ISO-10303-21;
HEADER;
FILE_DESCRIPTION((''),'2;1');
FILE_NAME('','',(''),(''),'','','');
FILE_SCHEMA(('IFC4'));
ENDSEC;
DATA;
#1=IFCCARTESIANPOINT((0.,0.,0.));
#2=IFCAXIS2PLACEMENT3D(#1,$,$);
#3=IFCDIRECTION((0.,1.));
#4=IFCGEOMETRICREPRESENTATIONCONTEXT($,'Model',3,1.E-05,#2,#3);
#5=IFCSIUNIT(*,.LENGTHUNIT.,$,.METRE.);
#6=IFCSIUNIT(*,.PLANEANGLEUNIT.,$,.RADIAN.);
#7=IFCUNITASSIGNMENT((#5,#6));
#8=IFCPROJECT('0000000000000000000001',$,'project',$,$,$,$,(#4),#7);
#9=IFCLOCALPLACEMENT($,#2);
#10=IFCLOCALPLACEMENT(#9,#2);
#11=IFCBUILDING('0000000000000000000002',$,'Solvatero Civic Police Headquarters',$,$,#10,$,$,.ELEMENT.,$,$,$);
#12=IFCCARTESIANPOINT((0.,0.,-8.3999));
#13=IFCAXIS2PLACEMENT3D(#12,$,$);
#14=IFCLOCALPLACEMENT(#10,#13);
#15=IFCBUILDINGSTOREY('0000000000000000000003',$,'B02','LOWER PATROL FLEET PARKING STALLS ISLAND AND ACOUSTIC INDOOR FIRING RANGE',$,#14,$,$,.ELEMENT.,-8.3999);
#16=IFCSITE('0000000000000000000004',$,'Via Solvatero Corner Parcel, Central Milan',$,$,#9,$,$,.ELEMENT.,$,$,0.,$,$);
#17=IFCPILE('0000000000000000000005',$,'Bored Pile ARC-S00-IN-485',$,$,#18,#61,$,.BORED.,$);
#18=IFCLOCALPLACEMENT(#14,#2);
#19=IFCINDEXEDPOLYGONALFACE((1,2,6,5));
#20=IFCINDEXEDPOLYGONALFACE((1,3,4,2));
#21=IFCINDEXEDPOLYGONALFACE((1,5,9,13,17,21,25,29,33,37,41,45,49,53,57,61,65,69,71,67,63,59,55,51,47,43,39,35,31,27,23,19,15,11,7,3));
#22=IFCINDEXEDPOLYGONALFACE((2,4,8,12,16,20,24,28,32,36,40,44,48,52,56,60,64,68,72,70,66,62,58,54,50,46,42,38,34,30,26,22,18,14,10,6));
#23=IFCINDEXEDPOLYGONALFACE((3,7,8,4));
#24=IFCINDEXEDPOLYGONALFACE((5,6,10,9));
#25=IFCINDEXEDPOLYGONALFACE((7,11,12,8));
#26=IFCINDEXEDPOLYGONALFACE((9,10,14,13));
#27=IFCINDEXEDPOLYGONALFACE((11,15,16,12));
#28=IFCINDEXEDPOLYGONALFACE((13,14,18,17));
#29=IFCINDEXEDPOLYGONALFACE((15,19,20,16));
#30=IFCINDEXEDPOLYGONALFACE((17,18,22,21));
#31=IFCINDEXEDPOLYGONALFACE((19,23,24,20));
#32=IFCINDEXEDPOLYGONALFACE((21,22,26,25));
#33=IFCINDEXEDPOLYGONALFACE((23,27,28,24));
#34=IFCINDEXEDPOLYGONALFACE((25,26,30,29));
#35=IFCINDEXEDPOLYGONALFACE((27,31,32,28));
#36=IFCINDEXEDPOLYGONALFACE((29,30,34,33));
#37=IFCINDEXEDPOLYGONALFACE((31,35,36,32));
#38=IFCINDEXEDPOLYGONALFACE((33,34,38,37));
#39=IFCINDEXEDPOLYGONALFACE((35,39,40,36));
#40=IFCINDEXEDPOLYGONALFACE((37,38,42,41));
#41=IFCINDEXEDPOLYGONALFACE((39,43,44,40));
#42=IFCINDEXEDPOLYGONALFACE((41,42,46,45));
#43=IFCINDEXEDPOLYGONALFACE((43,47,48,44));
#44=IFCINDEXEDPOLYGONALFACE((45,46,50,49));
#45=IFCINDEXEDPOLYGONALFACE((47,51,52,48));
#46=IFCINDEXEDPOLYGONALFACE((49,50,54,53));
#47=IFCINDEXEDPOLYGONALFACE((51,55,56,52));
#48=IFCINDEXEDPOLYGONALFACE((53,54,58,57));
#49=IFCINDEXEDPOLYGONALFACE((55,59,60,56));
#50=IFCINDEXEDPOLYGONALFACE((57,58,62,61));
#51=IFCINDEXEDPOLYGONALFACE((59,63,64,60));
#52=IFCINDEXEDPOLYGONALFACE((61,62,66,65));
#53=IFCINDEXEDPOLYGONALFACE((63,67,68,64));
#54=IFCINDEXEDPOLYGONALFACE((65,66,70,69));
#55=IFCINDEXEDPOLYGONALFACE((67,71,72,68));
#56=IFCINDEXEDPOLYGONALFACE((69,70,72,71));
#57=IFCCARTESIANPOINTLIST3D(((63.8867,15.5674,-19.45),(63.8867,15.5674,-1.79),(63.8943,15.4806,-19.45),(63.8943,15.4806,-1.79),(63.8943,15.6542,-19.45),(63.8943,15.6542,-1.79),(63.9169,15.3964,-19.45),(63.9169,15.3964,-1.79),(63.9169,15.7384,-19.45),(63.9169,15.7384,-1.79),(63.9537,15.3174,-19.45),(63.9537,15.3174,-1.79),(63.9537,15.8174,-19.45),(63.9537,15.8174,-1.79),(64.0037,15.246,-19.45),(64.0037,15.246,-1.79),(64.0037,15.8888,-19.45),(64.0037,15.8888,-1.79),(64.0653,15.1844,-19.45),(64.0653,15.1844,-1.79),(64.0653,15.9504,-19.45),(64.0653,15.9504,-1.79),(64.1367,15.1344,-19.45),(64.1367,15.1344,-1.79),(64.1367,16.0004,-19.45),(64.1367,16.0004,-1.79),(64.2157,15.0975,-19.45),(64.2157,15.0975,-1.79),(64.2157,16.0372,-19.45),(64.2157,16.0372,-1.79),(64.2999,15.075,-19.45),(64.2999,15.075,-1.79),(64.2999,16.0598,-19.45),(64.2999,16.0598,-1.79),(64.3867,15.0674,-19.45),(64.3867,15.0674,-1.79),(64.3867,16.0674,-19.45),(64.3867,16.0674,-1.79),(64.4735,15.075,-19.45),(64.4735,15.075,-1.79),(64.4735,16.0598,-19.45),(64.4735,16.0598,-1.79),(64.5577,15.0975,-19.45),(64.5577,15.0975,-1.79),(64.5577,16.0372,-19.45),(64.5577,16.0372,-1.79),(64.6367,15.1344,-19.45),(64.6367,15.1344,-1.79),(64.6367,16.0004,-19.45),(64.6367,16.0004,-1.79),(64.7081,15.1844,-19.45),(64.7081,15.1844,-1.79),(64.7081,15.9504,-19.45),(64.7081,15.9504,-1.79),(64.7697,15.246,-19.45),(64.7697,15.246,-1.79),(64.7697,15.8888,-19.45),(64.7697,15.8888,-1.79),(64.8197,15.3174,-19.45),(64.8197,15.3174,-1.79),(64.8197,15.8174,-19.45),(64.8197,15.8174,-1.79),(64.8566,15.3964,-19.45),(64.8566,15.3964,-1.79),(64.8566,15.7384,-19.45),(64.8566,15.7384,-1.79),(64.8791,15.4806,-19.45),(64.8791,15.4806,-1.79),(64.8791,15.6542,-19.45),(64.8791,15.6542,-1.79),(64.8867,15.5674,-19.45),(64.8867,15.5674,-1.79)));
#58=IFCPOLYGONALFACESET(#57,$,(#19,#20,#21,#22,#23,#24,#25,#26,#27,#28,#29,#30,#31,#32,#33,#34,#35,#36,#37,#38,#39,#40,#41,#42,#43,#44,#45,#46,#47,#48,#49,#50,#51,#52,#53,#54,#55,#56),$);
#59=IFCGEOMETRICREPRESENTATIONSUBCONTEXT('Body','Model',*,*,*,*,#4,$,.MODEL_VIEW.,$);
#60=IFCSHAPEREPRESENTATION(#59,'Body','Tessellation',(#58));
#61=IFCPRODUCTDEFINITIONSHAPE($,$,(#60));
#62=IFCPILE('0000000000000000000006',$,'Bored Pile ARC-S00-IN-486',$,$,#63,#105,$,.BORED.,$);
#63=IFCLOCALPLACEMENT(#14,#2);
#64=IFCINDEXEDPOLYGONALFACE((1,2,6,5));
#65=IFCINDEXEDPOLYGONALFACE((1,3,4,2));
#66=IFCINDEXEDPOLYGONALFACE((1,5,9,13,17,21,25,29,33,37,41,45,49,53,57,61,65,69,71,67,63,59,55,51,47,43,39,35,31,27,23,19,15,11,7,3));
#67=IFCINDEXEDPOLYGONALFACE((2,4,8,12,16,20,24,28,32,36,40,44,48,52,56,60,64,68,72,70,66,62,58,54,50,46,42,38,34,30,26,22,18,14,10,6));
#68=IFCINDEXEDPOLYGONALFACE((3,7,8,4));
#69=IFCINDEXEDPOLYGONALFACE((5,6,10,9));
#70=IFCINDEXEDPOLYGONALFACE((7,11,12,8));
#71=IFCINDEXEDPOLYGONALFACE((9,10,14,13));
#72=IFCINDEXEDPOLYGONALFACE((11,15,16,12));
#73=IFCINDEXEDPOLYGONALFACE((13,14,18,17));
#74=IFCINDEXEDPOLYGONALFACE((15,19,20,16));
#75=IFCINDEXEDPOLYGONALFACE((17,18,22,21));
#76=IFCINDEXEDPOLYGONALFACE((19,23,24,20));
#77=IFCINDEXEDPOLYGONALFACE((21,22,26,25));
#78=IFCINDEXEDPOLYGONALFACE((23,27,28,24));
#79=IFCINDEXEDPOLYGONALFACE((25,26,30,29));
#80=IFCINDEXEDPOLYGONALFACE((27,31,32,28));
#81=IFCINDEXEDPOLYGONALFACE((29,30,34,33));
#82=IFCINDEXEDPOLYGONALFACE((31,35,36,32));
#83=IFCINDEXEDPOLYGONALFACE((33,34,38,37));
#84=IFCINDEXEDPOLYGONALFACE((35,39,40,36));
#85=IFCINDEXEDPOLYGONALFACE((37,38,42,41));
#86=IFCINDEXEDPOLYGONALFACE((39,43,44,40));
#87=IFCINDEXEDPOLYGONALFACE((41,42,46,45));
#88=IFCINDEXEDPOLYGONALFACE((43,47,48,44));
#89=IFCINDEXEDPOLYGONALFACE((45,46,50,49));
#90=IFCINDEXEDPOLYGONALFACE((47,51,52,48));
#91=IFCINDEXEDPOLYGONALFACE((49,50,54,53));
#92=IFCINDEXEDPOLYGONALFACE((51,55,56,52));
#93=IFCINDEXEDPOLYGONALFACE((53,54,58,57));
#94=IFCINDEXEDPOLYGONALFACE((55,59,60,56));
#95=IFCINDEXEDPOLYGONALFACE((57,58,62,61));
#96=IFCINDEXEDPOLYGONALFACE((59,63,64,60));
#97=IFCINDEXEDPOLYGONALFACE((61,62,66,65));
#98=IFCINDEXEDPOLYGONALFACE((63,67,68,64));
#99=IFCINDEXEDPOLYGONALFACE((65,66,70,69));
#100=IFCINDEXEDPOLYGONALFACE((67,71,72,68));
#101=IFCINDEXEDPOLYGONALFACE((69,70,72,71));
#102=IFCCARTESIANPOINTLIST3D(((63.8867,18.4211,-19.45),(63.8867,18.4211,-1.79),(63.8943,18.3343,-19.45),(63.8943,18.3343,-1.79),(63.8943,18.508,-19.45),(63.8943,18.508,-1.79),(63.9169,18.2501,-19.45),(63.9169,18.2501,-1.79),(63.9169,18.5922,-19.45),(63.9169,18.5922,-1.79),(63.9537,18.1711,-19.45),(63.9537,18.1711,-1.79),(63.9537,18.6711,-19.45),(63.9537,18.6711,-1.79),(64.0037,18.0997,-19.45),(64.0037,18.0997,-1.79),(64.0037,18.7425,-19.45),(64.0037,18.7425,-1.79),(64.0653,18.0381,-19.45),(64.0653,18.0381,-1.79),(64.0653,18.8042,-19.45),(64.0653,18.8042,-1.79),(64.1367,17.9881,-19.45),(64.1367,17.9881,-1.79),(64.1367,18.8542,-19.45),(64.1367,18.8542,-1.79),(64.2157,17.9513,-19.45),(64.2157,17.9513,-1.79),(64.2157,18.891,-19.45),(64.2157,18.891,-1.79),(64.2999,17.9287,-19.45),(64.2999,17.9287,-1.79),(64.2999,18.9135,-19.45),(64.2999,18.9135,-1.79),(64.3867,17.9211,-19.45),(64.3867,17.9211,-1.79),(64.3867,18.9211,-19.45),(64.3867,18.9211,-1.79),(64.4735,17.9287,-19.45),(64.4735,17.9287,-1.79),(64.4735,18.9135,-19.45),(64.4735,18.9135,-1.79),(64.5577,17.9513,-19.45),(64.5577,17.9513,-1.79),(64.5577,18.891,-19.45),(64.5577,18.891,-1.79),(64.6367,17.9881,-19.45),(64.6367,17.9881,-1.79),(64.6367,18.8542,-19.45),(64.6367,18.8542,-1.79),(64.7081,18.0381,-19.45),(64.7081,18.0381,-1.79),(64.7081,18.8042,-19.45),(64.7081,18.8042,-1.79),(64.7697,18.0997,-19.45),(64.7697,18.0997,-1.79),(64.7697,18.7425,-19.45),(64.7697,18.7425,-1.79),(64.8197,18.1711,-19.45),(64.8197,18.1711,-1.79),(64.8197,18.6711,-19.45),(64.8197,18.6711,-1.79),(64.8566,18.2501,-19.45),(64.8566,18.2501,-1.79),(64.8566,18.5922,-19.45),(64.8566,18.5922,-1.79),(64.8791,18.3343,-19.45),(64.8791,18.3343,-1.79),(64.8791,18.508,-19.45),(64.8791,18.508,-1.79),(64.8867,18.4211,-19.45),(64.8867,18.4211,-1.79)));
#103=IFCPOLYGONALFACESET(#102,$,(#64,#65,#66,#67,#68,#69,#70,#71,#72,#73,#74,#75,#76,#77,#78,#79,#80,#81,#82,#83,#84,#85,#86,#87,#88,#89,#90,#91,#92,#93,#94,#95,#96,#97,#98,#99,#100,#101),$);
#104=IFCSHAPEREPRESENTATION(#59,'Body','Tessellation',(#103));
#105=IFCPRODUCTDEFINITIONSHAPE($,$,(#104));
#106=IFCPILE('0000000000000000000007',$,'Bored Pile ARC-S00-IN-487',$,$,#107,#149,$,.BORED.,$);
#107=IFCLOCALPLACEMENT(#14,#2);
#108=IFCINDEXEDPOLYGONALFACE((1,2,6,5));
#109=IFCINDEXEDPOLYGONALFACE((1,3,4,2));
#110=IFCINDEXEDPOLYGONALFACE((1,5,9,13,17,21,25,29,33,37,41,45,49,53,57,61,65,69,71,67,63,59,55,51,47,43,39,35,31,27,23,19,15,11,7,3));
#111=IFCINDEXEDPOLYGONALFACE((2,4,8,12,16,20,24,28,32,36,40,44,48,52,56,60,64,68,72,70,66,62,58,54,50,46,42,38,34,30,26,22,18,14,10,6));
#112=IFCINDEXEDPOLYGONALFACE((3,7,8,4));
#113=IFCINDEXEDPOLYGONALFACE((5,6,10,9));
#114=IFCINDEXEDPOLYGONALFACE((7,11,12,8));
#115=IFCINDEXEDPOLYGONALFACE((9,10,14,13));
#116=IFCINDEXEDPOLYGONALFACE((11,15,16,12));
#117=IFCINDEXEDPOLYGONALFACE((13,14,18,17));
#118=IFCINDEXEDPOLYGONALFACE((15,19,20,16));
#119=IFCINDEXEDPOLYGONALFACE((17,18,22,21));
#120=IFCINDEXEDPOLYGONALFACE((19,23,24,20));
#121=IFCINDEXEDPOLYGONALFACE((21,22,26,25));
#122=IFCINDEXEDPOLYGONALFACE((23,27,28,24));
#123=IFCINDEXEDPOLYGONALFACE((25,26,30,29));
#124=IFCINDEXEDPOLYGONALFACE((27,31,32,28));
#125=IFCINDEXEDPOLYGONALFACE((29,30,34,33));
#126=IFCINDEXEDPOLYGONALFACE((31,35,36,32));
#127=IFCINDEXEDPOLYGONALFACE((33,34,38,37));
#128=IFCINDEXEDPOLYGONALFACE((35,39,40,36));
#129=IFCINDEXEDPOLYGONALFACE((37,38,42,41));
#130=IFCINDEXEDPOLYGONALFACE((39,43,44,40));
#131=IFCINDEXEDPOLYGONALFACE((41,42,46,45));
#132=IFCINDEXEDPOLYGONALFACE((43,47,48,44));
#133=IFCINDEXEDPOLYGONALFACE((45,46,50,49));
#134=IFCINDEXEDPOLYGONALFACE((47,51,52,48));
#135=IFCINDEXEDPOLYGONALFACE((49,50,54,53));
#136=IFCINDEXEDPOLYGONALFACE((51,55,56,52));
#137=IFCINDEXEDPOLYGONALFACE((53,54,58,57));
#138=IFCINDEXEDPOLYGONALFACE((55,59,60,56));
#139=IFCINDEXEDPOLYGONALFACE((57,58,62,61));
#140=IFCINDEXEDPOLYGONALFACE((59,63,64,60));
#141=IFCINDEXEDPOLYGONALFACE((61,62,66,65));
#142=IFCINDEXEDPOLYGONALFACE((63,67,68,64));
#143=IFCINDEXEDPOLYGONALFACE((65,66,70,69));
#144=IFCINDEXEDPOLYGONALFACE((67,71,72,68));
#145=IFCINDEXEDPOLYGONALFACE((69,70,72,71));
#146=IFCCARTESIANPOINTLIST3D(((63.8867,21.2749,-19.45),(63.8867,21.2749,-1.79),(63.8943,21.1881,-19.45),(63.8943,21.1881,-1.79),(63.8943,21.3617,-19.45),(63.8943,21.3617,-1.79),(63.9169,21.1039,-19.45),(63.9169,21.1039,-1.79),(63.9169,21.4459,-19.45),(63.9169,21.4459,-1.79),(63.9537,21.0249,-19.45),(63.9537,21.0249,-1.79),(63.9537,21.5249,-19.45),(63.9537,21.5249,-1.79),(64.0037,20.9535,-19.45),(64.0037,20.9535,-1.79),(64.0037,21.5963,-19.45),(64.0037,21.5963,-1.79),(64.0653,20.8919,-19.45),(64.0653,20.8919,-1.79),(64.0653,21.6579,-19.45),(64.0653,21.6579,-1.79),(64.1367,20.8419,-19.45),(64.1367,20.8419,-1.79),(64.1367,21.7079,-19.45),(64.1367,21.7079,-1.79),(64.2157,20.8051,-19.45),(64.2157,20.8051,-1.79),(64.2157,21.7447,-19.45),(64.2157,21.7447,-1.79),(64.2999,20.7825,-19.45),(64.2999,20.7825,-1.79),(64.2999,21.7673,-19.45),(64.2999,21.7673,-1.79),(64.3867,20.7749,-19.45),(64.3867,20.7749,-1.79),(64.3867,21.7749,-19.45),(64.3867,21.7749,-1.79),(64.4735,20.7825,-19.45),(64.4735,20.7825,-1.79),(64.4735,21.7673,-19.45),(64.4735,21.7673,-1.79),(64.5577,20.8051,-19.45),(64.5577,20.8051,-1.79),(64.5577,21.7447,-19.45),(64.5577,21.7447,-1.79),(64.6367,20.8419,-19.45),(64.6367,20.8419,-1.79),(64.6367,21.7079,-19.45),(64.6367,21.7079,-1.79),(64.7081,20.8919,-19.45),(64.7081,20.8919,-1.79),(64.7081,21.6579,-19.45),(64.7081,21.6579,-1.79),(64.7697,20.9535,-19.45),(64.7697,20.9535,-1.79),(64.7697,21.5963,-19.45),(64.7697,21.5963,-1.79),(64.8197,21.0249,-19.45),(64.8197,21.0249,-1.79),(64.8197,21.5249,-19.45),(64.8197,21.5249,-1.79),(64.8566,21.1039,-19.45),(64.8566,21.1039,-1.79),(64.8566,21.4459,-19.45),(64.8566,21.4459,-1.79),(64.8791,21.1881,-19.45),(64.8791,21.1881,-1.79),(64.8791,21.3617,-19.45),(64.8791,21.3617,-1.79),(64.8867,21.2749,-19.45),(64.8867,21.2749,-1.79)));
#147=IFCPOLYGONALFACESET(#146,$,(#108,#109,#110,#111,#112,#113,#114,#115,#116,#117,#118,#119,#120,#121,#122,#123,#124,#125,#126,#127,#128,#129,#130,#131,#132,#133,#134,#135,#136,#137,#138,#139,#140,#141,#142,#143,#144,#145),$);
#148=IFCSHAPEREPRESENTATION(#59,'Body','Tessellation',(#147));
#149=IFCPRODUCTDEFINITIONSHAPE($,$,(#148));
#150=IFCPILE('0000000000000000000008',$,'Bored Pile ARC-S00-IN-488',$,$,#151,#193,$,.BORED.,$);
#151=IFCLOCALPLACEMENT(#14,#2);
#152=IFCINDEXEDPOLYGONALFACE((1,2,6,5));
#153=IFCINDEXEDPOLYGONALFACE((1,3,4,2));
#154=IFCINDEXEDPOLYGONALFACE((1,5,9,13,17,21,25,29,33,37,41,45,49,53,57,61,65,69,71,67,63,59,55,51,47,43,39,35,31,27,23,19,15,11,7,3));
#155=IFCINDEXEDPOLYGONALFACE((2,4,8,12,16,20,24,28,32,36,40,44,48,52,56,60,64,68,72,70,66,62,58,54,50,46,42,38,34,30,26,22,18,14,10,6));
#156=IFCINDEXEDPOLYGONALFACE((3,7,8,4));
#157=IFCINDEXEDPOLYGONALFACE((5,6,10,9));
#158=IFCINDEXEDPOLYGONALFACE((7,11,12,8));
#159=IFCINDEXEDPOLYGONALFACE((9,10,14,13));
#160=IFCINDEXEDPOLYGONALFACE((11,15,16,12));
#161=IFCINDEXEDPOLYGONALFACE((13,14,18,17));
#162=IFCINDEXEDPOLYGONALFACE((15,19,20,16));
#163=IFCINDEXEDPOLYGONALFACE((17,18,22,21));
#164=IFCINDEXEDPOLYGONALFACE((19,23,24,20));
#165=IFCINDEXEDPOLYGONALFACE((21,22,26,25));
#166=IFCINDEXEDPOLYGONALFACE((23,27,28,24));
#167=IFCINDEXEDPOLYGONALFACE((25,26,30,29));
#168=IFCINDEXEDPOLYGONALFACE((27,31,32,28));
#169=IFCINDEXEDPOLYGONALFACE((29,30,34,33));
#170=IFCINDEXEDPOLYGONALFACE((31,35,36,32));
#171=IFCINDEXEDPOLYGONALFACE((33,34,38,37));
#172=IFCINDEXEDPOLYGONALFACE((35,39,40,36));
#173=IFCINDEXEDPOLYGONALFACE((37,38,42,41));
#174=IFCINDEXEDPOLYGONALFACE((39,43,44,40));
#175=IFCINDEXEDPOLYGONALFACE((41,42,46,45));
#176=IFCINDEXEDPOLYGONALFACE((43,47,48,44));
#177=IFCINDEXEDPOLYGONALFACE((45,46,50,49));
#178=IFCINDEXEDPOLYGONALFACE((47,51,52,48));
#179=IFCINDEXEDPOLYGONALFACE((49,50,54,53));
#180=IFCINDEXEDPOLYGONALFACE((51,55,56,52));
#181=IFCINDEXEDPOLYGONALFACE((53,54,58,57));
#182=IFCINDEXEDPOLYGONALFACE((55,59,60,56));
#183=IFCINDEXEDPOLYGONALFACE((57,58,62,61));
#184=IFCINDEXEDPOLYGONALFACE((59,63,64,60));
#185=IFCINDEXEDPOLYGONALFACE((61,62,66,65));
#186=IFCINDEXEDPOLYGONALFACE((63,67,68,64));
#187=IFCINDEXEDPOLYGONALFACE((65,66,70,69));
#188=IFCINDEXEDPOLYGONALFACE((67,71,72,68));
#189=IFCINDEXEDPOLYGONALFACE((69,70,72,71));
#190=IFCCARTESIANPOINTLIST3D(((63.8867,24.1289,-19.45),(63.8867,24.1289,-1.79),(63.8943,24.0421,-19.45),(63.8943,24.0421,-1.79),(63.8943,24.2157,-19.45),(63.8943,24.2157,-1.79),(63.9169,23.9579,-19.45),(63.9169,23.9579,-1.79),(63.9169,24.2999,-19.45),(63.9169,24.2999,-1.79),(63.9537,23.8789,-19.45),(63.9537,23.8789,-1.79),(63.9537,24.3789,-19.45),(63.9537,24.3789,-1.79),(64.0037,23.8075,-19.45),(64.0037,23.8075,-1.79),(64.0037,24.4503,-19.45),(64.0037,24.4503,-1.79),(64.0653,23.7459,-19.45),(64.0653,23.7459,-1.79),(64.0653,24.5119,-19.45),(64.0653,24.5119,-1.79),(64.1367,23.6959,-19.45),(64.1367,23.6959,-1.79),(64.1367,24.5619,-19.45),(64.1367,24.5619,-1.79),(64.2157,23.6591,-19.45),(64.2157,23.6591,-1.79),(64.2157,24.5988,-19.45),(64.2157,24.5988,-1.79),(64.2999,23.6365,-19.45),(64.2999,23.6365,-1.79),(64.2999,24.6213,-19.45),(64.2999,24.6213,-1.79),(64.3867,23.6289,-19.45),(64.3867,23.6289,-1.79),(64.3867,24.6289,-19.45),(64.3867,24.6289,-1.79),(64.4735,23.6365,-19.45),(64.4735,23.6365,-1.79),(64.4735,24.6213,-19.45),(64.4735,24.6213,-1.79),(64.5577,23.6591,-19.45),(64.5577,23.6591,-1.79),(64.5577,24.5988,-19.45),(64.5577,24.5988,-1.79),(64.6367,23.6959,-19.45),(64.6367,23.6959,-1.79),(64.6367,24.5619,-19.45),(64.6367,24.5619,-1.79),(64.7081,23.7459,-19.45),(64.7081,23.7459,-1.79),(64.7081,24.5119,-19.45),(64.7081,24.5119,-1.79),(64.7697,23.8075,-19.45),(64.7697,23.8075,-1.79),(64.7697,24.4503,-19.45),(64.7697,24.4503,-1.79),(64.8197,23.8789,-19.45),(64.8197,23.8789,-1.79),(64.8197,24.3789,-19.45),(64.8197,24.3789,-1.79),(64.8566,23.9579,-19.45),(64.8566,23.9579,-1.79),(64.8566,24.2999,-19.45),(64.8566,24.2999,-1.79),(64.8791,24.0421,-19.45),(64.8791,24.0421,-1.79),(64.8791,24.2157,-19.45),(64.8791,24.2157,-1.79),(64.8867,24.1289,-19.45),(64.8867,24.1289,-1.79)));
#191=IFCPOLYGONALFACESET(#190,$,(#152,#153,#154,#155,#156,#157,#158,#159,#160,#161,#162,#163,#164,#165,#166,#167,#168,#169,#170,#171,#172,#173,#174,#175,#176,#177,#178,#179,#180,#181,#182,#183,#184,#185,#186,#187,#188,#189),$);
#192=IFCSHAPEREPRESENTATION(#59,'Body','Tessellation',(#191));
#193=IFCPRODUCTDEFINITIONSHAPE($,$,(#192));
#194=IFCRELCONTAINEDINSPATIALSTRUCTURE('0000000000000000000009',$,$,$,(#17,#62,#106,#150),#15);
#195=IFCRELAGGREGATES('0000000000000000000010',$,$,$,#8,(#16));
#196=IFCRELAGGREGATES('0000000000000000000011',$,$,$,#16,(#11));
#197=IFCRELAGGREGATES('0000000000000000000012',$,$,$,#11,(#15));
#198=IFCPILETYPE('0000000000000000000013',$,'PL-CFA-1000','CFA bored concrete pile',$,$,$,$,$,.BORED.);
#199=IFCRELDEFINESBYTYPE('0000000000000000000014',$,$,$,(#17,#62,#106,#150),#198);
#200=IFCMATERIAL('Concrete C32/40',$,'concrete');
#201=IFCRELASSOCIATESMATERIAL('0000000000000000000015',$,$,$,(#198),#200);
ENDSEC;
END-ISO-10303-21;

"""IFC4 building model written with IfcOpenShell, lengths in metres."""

from ifc_helpers import new_model, si_unit, direction, frame, origin, origin_2d, place, context, subcontext, project, spatial, circle, extrude, material, material_profile, profile_set, type_object, element, save


model = new_model("IFC4")

# Units and contexts
model_context = context("Model", 3, precision=1e-05, world=origin(), true_north=direction((0.0, 1.0)))
body_context = subcontext(model_context, "Body", "Model", "MODEL_VIEW")
ifc_project = project(units=[si_unit("LENGTHUNIT", "METRE"), si_unit("PLANEANGLEUNIT", "RADIAN")], contexts=[model_context])

# Site, building, storey
site_placement = place(None, origin())
site = spatial("IfcSite", under=ifc_project, at=site_placement, Name="Via Solvatero Corner Parcel, Central Milan", CompositionType="ELEMENT", RefElevation=0.0)
building_placement = place(site_placement, origin())
building = spatial("IfcBuilding", under=site, at=building_placement, Name="Solvatero Civic Police Headquarters", CompositionType="ELEMENT")
storey_placement = place(building_placement, frame((0.0, 0.0, -8.3999)))
storey = spatial("IfcBuildingStorey", under=building, at=storey_placement, Name="B02", Description="LOWER PATROL FLEET PARKING STALLS ISLAND AND ACOUSTIC INDOOR FIRING RANGE", CompositionType="ELEMENT", Elevation=-8.3999)

# Piles
ifc_material_1 = material(Name="Concrete C32/40", Category="concrete")
ifc_material_profile_1 = material_profile(ifc_material_1, circle(Radius=0.5, at=origin_2d()), Name="CFA PILE D1000")
ifc_profile_set_1 = profile_set([ifc_material_profile_1], Name="Concrete C32/40")
pile_type = type_object("IfcPileType", Name="PL-CFA-1000", Description="CFA bored concrete pile", PredefinedType="BORED", material=ifc_profile_set_1)
for number, where, z_axis, x_axis, name in (
    (1, (64.3867, 15.5674, -1.79), (0.0, 0.0, -1.0), (1.0, 0.0, 0.0), "Bored Pile ARC-S00-IN-485"),
    (2, (64.3867, 18.4211, -1.79), (0.0, 0.0, -1.0), (1.0, 0.0, 0.0), "Bored Pile ARC-S00-IN-486"),
    (3, (64.3867, 21.2749, -1.79), (0.0, 0.0, -1.0), (1.0, 0.0, 0.0), "Bored Pile ARC-S00-IN-487"),
    (4, (64.3867, 24.1289, -1.79), (0.0, 0.0, -1.0), (1.0, 0.0, 0.0), "Bored Pile ARC-S00-IN-488"),
):
    element("IfcPile", number, at=place(storey_placement, frame(where, z_axis=z_axis, x_axis=x_axis)), inside=storey, type_object=pile_type, Name=name, PredefinedType="BORED", context=body_context, shape_type="SweptSolid", body=[
        extrude(circle(Radius=0.5, at=origin_2d()), origin(), (0.0, 0.0, 1.0), 17.6599),
    ])

save(model, "model.ifc")
